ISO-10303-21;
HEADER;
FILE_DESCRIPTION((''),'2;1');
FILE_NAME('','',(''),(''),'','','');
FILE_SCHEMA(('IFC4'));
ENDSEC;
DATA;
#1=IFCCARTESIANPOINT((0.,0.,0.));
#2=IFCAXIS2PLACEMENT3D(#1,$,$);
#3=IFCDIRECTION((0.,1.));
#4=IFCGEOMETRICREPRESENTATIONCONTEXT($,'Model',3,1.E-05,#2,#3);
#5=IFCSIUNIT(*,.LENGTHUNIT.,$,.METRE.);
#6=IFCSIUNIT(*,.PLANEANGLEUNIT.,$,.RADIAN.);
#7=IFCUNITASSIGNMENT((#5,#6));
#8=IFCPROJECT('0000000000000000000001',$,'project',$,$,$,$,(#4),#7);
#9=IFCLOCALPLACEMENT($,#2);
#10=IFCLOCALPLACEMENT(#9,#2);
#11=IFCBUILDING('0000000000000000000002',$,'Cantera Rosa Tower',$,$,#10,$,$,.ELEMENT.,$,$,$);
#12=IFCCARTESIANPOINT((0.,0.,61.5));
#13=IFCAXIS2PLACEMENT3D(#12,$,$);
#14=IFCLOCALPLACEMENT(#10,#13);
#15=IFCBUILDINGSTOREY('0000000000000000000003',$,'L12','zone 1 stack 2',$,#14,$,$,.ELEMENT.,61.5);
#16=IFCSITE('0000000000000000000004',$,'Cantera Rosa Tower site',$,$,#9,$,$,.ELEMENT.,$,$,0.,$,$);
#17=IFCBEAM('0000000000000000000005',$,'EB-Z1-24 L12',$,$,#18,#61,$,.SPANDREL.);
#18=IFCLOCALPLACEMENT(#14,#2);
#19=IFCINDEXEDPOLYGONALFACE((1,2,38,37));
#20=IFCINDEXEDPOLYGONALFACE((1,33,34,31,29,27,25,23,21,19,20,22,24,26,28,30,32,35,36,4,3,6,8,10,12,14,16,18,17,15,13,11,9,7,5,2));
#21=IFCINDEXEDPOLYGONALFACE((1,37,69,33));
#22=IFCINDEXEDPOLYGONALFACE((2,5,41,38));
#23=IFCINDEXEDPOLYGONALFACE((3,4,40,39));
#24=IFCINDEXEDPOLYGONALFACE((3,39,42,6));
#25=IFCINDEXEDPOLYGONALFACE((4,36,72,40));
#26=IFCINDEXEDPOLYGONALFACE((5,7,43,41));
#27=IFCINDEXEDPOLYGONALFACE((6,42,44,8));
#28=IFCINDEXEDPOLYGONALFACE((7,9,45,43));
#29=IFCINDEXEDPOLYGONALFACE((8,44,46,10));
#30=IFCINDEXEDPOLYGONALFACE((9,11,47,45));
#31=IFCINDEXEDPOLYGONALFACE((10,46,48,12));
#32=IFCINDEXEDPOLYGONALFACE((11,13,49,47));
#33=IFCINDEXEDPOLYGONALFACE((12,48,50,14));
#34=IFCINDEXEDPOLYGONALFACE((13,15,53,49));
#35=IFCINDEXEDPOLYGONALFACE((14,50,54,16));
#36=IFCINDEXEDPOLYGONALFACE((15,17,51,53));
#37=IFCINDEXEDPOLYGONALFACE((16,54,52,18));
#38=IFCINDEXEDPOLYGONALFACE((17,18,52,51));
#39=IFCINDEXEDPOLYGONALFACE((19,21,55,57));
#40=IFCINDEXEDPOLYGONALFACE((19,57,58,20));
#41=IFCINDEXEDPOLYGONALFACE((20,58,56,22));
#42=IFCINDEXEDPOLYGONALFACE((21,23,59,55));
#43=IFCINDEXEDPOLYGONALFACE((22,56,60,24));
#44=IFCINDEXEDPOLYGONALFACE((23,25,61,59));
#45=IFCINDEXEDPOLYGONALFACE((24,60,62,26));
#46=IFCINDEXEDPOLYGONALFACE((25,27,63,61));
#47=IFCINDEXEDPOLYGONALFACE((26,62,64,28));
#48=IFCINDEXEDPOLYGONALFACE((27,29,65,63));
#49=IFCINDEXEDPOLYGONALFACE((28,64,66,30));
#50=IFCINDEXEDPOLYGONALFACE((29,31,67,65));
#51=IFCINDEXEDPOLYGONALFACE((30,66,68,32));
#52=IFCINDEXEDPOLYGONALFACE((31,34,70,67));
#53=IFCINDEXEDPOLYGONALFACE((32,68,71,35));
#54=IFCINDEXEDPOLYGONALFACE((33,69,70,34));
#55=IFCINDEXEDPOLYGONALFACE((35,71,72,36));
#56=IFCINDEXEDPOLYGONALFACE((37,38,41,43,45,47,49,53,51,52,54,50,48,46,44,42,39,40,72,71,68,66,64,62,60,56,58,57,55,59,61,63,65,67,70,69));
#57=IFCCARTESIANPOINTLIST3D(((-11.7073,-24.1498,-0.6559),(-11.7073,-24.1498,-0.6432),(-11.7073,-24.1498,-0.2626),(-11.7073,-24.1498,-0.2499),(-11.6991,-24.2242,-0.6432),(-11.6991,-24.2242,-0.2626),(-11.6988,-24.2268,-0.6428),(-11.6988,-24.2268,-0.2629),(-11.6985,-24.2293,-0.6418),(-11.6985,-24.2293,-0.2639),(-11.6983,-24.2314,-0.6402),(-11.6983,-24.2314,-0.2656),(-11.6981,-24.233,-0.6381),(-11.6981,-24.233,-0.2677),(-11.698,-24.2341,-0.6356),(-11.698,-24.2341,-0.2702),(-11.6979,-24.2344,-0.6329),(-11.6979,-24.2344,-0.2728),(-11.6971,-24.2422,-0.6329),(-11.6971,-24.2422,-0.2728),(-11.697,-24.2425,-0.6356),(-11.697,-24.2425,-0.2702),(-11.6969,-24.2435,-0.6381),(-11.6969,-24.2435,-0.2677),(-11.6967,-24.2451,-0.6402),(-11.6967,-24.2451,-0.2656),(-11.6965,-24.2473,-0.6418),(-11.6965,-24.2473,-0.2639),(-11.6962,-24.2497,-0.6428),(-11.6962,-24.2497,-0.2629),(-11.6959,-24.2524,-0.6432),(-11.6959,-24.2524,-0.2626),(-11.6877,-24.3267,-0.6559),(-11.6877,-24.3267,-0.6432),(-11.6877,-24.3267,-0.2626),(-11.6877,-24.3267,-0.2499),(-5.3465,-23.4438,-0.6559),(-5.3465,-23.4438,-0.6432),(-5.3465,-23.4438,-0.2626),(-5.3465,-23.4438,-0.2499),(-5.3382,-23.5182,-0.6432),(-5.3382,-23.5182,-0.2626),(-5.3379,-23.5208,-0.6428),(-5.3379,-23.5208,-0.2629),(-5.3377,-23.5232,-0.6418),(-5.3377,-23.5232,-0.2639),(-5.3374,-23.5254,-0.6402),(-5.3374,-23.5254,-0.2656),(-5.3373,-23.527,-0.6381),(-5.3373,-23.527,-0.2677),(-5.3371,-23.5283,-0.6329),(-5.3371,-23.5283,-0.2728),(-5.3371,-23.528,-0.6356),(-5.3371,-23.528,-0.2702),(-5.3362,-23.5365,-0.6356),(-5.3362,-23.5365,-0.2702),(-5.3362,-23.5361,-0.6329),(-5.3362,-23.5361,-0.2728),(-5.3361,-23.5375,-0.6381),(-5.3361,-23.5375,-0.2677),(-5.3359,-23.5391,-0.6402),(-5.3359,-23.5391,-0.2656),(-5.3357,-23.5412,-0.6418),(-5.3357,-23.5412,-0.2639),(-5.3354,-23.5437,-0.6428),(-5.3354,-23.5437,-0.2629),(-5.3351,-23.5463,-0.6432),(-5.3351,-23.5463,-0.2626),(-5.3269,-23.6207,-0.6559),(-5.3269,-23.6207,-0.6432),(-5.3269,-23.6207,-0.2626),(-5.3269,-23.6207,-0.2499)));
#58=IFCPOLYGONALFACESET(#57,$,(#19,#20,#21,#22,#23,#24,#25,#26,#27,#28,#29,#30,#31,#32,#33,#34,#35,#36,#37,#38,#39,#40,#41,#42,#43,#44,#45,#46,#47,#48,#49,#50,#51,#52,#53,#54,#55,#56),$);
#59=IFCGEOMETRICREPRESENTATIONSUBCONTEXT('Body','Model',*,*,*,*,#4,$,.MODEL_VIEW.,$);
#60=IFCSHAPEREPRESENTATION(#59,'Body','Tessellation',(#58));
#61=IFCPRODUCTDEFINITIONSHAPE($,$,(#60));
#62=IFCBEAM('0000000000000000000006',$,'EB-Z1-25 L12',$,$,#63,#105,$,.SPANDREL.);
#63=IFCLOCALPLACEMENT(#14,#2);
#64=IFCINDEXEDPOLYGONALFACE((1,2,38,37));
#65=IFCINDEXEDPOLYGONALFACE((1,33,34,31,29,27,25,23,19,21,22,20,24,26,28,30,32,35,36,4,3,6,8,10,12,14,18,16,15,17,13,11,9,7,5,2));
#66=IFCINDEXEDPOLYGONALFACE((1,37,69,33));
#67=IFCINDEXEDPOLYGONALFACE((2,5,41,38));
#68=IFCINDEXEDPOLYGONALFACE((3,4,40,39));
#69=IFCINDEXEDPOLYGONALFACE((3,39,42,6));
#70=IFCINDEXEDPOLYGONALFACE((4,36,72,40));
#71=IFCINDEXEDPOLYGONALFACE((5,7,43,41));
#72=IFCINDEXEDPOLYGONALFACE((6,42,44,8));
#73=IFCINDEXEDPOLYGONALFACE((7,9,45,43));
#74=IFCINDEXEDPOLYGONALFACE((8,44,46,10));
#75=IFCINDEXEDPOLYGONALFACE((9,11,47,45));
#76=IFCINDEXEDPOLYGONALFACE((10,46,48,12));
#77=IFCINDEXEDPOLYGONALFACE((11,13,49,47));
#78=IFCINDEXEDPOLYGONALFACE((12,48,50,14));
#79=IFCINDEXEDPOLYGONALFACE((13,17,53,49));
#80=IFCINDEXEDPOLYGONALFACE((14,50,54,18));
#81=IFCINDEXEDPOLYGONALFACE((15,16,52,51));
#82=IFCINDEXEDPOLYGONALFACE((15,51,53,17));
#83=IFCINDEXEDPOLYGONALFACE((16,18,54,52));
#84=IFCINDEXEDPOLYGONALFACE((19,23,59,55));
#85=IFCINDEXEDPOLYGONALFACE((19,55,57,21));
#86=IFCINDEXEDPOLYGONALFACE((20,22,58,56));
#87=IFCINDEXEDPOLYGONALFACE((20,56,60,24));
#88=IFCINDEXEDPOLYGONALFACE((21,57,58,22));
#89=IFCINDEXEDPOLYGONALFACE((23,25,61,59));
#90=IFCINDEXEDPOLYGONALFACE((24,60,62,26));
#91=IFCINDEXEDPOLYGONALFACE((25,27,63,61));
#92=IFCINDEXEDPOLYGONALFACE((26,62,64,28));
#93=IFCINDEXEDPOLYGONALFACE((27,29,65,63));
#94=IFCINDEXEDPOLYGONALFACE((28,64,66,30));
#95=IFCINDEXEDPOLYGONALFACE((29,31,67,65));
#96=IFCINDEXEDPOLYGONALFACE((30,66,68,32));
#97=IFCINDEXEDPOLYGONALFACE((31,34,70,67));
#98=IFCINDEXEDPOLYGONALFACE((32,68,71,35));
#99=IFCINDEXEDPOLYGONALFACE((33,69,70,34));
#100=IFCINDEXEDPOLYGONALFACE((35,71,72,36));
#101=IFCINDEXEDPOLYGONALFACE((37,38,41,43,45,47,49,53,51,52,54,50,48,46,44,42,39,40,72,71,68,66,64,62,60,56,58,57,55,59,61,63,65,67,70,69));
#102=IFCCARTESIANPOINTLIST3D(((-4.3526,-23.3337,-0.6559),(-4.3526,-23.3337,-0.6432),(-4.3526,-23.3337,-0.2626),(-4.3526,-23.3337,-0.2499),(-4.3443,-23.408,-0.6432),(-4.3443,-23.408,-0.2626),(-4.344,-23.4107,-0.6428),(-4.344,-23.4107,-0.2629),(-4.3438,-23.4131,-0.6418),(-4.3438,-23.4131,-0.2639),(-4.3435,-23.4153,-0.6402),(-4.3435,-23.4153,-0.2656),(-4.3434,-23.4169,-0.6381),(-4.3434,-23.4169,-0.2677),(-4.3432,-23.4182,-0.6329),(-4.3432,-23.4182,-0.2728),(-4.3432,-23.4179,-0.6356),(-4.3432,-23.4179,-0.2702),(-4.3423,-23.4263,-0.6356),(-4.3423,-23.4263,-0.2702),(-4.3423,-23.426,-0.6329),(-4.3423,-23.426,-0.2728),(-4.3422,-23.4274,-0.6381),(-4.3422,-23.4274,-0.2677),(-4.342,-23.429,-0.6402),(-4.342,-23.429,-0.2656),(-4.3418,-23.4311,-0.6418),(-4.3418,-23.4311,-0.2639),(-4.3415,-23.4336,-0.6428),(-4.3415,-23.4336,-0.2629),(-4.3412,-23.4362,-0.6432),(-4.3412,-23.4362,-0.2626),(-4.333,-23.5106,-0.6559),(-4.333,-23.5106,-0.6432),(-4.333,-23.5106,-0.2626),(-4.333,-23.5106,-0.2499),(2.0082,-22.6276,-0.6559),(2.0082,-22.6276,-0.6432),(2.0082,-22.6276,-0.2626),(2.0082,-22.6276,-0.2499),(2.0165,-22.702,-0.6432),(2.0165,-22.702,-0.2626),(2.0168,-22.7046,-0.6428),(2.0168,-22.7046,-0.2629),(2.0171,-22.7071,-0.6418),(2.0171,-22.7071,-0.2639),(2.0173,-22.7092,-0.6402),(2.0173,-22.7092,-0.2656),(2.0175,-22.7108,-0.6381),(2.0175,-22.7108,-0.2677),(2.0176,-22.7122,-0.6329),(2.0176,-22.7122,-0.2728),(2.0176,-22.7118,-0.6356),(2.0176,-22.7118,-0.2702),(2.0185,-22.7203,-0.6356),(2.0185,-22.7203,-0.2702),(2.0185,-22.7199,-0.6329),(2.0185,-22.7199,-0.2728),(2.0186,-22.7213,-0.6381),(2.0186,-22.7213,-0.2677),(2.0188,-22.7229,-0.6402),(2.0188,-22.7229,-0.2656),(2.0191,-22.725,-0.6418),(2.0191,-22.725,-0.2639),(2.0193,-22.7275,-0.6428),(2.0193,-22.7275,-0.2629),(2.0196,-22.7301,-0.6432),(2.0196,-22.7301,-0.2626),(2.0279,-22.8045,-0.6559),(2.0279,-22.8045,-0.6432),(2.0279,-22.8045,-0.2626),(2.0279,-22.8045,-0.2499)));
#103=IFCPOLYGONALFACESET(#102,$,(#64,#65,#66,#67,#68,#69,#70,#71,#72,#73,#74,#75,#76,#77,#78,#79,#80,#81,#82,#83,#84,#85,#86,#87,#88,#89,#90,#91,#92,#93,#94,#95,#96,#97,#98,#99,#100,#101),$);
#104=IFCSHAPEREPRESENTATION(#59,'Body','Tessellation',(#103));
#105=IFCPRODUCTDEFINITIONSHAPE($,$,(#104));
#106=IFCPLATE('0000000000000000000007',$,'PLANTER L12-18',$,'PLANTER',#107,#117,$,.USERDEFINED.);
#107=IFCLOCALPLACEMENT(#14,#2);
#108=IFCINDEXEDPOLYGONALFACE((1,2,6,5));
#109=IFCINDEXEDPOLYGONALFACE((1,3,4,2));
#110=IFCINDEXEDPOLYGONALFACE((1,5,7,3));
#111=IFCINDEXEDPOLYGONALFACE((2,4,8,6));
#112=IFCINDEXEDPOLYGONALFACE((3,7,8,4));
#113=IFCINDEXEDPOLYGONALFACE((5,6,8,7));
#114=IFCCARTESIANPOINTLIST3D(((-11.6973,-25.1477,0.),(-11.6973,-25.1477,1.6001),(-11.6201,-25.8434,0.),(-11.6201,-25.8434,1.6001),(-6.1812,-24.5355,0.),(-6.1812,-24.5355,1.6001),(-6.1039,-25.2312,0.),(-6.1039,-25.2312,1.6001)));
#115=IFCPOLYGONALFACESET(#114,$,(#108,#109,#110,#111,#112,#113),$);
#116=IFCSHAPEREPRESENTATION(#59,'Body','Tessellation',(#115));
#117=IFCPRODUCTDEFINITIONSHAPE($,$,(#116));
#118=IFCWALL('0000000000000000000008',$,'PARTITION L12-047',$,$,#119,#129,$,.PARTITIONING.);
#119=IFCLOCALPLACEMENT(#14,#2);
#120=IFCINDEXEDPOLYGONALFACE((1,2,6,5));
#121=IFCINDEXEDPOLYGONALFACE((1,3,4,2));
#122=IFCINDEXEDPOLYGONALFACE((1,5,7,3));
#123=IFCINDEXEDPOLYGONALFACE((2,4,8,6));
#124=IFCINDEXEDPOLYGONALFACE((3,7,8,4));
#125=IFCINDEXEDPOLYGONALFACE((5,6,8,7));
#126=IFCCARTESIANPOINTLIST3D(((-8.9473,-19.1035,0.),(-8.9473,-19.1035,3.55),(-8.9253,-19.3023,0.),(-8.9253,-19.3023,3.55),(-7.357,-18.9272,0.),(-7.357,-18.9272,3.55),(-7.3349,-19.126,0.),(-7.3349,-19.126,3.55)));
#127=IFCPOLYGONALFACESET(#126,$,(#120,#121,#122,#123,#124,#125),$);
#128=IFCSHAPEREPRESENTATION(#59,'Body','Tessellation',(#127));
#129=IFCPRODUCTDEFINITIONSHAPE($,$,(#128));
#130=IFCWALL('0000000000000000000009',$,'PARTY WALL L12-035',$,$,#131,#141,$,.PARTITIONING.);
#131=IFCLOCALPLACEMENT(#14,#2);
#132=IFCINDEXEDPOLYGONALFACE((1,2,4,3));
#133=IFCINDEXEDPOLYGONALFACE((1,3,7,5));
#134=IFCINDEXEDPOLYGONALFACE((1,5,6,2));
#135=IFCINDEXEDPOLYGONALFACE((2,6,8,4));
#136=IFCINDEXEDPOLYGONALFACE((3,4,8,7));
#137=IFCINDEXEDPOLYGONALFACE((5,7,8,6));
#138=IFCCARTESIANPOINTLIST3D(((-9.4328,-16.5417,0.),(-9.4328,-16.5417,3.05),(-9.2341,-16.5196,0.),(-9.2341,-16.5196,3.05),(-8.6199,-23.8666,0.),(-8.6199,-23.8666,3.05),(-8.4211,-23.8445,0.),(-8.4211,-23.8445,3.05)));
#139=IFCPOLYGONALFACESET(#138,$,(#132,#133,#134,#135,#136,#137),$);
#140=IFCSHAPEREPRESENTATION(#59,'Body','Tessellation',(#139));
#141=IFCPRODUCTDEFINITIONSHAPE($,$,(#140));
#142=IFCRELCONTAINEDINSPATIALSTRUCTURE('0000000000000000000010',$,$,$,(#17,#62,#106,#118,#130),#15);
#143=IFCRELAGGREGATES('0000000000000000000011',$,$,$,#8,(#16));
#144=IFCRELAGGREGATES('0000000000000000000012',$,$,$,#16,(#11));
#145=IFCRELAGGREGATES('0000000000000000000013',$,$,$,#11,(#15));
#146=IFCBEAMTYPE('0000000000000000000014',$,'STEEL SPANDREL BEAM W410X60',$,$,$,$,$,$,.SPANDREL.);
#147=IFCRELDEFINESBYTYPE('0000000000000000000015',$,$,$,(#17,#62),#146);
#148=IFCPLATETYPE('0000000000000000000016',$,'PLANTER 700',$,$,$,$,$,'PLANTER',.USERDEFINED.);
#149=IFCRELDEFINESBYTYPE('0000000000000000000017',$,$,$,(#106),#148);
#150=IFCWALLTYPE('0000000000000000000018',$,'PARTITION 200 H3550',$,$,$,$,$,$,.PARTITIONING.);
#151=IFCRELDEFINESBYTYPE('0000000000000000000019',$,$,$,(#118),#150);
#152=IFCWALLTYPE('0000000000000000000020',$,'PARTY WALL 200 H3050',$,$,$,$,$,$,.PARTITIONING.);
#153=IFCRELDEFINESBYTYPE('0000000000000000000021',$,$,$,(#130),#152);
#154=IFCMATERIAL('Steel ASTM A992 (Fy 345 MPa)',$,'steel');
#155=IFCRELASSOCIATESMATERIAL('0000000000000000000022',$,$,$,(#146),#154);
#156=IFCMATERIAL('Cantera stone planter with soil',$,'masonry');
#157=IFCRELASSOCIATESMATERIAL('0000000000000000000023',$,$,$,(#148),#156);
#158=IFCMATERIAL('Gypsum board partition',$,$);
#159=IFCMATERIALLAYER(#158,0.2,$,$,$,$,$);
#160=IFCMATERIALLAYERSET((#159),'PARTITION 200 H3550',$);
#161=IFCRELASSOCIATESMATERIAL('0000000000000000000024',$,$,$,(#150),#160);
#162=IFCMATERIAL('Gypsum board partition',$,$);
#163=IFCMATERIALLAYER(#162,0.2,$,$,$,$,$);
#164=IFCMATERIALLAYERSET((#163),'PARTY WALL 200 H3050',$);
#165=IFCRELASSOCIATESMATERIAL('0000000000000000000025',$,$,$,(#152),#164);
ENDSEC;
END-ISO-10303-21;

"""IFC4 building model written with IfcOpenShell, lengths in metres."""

from ifc_helpers import new_model, si_unit, direction, frame, frame_2d, origin, origin_2d, place, context, subcontext, project, spatial, rectangle, i_section, extrude, material, layer, layer_set, material_profile, profile_set, type_object, element, save


model = new_model("IFC4")

# Units and contexts
model_context = context("Model", 3, precision=1e-05, world=origin(), true_north=direction((0.0, 1.0)))
body_context = subcontext(model_context, "Body", "Model", "MODEL_VIEW")
ifc_project = project(units=[si_unit("LENGTHUNIT", "METRE"), si_unit("PLANEANGLEUNIT", "RADIAN")], contexts=[model_context])

# Site, building, storey
site_placement = place(None, origin())
site = spatial("IfcSite", under=ifc_project, at=site_placement, Name="Cantera Rosa Tower site", CompositionType="ELEMENT", RefElevation=0.0)
building_placement = place(site_placement, origin())
building = spatial("IfcBuilding", under=site, at=building_placement, Name="Cantera Rosa Tower", CompositionType="ELEMENT")
storey_placement = place(building_placement, frame((0.0, 0.0, 61.5)))
storey = spatial("IfcBuildingStorey", under=building, at=storey_placement, Name="L12", Description="zone 1 stack 2", CompositionType="ELEMENT", Elevation=61.5)

# Beams
ifc_material_1 = material(Name="Steel ASTM A992 (Fy 345 MPa)", Category="steel")
ifc_material_profile_1 = material_profile(ifc_material_1, i_section(OverallWidth=0.178, OverallDepth=0.406, WebThickness=0.0078, FlangeThickness=0.0127, FilletRadius=0.0103, at=origin_2d()), Name="W410X60")
ifc_profile_set_1 = profile_set([ifc_material_profile_1], Name="Steel ASTM A992 (Fy 345 MPa)")
beam_type_1 = type_object("IfcBeamType", Name="STEEL SPANDREL BEAM W410X60", PredefinedType="SPANDREL", material=ifc_profile_set_1)
for number, where, z_axis, x_axis, name in (
    (1, (-11.6975, -24.2383, -0.4529), (0.993896, 0.110323, 0.0), (-0.110323, 0.993896, 0.0), "EB-Z1-24 L12"),
    (2, (-4.3428, -23.4221, -0.4529), (0.993896, 0.110323, 0.0), (-0.110323, 0.993896, 0.0), "EB-Z1-25 L12"),
):
    element("IfcBeam", number, at=place(storey_placement, frame(where, z_axis=z_axis, x_axis=x_axis)), inside=storey, type_object=beam_type_1, Name=name, PredefinedType="SPANDREL", context=body_context, shape_type="SweptSolid", body=[
        extrude(i_section(OverallWidth=0.178, OverallDepth=0.406, WebThickness=0.0078, FlangeThickness=0.0127, FilletRadius=0.0103, at=origin_2d()), origin(), (0.0, 0.0, 1.0), 6.3999),
    ])

# Plate
ifc_material_2 = material(Name="Cantera stone planter with soil", Category="masonry")
plate_type = type_object("IfcPlateType", Name="PLANTER 700", ElementType="PLANTER", PredefinedType="USERDEFINED", material=ifc_material_2)
plate_placement = place(storey_placement, frame((-8.9006, -25.1895, 0.0), z_axis=(0.0, 0.0, 1.0), x_axis=(0.993897, 0.110313, 0.0)))
element("IfcPlate", 3, at=plate_placement, inside=storey, type_object=plate_type, Name="PLANTER L12-18", ObjectType="PLANTER", PredefinedType="USERDEFINED", context=body_context, shape_type="SweptSolid", body=[
    extrude(rectangle(XDim=5.55, YDim=0.7, at=origin_2d()), origin(), (0.0, 0.0, 1.0), 1.6001),
])

# Walls
ifc_material_3 = material(Name="Gypsum board partition")
ifc_layer_1 = layer(ifc_material_3, 0.2)
ifc_layer_set_1 = layer_set([ifc_layer_1], Name="PARTITION 200 H3550")
wall_type_1 = type_object("IfcWallType", Name="PARTITION 200 H3550", PredefinedType="PARTITIONING", material=ifc_layer_set_1)
wall_1_placement = place(storey_placement, frame((-7.3459, -19.0266, 0.0), z_axis=(0.0, 0.0, 1.0), x_axis=(-0.993913, -0.110164, 0.0)))
element("IfcWall", 4, at=wall_1_placement, inside=storey, type_object=wall_type_1, Name="PARTITION L12-047", PredefinedType="PARTITIONING", context=body_context, shape_type="SweptSolid", body=[
    extrude(rectangle(XDim=1.6001, YDim=0.2, at=frame_2d((0.8, 0.0))), origin(), (0.0, 0.0, 1.0), 3.55),
])
ifc_material_4 = material(Name="Gypsum board partition")
ifc_layer_2 = layer(ifc_material_4, 0.2)
ifc_layer_set_2 = layer_set([ifc_layer_2], Name="PARTY WALL 200 H3050")
wall_type_2 = type_object("IfcWallType", Name="PARTY WALL 200 H3050", PredefinedType="PARTITIONING", material=ifc_layer_set_2)
wall_2_placement = place(storey_placement, frame((-9.3335, -16.5305, 0.0), z_axis=(0.0, 0.0, 1.0), x_axis=(0.110312, -0.993897, 0.0)))
element("IfcWall", 5, at=wall_2_placement, inside=storey, type_object=wall_type_2, Name="PARTY WALL L12-035", PredefinedType="PARTITIONING", context=body_context, shape_type="SweptSolid", body=[
    extrude(rectangle(XDim=7.3699, YDim=0.2, at=frame_2d((3.6851, 0.0))), origin(), (0.0, 0.0, 1.0), 3.05),
])

save(model, "model.ifc")
